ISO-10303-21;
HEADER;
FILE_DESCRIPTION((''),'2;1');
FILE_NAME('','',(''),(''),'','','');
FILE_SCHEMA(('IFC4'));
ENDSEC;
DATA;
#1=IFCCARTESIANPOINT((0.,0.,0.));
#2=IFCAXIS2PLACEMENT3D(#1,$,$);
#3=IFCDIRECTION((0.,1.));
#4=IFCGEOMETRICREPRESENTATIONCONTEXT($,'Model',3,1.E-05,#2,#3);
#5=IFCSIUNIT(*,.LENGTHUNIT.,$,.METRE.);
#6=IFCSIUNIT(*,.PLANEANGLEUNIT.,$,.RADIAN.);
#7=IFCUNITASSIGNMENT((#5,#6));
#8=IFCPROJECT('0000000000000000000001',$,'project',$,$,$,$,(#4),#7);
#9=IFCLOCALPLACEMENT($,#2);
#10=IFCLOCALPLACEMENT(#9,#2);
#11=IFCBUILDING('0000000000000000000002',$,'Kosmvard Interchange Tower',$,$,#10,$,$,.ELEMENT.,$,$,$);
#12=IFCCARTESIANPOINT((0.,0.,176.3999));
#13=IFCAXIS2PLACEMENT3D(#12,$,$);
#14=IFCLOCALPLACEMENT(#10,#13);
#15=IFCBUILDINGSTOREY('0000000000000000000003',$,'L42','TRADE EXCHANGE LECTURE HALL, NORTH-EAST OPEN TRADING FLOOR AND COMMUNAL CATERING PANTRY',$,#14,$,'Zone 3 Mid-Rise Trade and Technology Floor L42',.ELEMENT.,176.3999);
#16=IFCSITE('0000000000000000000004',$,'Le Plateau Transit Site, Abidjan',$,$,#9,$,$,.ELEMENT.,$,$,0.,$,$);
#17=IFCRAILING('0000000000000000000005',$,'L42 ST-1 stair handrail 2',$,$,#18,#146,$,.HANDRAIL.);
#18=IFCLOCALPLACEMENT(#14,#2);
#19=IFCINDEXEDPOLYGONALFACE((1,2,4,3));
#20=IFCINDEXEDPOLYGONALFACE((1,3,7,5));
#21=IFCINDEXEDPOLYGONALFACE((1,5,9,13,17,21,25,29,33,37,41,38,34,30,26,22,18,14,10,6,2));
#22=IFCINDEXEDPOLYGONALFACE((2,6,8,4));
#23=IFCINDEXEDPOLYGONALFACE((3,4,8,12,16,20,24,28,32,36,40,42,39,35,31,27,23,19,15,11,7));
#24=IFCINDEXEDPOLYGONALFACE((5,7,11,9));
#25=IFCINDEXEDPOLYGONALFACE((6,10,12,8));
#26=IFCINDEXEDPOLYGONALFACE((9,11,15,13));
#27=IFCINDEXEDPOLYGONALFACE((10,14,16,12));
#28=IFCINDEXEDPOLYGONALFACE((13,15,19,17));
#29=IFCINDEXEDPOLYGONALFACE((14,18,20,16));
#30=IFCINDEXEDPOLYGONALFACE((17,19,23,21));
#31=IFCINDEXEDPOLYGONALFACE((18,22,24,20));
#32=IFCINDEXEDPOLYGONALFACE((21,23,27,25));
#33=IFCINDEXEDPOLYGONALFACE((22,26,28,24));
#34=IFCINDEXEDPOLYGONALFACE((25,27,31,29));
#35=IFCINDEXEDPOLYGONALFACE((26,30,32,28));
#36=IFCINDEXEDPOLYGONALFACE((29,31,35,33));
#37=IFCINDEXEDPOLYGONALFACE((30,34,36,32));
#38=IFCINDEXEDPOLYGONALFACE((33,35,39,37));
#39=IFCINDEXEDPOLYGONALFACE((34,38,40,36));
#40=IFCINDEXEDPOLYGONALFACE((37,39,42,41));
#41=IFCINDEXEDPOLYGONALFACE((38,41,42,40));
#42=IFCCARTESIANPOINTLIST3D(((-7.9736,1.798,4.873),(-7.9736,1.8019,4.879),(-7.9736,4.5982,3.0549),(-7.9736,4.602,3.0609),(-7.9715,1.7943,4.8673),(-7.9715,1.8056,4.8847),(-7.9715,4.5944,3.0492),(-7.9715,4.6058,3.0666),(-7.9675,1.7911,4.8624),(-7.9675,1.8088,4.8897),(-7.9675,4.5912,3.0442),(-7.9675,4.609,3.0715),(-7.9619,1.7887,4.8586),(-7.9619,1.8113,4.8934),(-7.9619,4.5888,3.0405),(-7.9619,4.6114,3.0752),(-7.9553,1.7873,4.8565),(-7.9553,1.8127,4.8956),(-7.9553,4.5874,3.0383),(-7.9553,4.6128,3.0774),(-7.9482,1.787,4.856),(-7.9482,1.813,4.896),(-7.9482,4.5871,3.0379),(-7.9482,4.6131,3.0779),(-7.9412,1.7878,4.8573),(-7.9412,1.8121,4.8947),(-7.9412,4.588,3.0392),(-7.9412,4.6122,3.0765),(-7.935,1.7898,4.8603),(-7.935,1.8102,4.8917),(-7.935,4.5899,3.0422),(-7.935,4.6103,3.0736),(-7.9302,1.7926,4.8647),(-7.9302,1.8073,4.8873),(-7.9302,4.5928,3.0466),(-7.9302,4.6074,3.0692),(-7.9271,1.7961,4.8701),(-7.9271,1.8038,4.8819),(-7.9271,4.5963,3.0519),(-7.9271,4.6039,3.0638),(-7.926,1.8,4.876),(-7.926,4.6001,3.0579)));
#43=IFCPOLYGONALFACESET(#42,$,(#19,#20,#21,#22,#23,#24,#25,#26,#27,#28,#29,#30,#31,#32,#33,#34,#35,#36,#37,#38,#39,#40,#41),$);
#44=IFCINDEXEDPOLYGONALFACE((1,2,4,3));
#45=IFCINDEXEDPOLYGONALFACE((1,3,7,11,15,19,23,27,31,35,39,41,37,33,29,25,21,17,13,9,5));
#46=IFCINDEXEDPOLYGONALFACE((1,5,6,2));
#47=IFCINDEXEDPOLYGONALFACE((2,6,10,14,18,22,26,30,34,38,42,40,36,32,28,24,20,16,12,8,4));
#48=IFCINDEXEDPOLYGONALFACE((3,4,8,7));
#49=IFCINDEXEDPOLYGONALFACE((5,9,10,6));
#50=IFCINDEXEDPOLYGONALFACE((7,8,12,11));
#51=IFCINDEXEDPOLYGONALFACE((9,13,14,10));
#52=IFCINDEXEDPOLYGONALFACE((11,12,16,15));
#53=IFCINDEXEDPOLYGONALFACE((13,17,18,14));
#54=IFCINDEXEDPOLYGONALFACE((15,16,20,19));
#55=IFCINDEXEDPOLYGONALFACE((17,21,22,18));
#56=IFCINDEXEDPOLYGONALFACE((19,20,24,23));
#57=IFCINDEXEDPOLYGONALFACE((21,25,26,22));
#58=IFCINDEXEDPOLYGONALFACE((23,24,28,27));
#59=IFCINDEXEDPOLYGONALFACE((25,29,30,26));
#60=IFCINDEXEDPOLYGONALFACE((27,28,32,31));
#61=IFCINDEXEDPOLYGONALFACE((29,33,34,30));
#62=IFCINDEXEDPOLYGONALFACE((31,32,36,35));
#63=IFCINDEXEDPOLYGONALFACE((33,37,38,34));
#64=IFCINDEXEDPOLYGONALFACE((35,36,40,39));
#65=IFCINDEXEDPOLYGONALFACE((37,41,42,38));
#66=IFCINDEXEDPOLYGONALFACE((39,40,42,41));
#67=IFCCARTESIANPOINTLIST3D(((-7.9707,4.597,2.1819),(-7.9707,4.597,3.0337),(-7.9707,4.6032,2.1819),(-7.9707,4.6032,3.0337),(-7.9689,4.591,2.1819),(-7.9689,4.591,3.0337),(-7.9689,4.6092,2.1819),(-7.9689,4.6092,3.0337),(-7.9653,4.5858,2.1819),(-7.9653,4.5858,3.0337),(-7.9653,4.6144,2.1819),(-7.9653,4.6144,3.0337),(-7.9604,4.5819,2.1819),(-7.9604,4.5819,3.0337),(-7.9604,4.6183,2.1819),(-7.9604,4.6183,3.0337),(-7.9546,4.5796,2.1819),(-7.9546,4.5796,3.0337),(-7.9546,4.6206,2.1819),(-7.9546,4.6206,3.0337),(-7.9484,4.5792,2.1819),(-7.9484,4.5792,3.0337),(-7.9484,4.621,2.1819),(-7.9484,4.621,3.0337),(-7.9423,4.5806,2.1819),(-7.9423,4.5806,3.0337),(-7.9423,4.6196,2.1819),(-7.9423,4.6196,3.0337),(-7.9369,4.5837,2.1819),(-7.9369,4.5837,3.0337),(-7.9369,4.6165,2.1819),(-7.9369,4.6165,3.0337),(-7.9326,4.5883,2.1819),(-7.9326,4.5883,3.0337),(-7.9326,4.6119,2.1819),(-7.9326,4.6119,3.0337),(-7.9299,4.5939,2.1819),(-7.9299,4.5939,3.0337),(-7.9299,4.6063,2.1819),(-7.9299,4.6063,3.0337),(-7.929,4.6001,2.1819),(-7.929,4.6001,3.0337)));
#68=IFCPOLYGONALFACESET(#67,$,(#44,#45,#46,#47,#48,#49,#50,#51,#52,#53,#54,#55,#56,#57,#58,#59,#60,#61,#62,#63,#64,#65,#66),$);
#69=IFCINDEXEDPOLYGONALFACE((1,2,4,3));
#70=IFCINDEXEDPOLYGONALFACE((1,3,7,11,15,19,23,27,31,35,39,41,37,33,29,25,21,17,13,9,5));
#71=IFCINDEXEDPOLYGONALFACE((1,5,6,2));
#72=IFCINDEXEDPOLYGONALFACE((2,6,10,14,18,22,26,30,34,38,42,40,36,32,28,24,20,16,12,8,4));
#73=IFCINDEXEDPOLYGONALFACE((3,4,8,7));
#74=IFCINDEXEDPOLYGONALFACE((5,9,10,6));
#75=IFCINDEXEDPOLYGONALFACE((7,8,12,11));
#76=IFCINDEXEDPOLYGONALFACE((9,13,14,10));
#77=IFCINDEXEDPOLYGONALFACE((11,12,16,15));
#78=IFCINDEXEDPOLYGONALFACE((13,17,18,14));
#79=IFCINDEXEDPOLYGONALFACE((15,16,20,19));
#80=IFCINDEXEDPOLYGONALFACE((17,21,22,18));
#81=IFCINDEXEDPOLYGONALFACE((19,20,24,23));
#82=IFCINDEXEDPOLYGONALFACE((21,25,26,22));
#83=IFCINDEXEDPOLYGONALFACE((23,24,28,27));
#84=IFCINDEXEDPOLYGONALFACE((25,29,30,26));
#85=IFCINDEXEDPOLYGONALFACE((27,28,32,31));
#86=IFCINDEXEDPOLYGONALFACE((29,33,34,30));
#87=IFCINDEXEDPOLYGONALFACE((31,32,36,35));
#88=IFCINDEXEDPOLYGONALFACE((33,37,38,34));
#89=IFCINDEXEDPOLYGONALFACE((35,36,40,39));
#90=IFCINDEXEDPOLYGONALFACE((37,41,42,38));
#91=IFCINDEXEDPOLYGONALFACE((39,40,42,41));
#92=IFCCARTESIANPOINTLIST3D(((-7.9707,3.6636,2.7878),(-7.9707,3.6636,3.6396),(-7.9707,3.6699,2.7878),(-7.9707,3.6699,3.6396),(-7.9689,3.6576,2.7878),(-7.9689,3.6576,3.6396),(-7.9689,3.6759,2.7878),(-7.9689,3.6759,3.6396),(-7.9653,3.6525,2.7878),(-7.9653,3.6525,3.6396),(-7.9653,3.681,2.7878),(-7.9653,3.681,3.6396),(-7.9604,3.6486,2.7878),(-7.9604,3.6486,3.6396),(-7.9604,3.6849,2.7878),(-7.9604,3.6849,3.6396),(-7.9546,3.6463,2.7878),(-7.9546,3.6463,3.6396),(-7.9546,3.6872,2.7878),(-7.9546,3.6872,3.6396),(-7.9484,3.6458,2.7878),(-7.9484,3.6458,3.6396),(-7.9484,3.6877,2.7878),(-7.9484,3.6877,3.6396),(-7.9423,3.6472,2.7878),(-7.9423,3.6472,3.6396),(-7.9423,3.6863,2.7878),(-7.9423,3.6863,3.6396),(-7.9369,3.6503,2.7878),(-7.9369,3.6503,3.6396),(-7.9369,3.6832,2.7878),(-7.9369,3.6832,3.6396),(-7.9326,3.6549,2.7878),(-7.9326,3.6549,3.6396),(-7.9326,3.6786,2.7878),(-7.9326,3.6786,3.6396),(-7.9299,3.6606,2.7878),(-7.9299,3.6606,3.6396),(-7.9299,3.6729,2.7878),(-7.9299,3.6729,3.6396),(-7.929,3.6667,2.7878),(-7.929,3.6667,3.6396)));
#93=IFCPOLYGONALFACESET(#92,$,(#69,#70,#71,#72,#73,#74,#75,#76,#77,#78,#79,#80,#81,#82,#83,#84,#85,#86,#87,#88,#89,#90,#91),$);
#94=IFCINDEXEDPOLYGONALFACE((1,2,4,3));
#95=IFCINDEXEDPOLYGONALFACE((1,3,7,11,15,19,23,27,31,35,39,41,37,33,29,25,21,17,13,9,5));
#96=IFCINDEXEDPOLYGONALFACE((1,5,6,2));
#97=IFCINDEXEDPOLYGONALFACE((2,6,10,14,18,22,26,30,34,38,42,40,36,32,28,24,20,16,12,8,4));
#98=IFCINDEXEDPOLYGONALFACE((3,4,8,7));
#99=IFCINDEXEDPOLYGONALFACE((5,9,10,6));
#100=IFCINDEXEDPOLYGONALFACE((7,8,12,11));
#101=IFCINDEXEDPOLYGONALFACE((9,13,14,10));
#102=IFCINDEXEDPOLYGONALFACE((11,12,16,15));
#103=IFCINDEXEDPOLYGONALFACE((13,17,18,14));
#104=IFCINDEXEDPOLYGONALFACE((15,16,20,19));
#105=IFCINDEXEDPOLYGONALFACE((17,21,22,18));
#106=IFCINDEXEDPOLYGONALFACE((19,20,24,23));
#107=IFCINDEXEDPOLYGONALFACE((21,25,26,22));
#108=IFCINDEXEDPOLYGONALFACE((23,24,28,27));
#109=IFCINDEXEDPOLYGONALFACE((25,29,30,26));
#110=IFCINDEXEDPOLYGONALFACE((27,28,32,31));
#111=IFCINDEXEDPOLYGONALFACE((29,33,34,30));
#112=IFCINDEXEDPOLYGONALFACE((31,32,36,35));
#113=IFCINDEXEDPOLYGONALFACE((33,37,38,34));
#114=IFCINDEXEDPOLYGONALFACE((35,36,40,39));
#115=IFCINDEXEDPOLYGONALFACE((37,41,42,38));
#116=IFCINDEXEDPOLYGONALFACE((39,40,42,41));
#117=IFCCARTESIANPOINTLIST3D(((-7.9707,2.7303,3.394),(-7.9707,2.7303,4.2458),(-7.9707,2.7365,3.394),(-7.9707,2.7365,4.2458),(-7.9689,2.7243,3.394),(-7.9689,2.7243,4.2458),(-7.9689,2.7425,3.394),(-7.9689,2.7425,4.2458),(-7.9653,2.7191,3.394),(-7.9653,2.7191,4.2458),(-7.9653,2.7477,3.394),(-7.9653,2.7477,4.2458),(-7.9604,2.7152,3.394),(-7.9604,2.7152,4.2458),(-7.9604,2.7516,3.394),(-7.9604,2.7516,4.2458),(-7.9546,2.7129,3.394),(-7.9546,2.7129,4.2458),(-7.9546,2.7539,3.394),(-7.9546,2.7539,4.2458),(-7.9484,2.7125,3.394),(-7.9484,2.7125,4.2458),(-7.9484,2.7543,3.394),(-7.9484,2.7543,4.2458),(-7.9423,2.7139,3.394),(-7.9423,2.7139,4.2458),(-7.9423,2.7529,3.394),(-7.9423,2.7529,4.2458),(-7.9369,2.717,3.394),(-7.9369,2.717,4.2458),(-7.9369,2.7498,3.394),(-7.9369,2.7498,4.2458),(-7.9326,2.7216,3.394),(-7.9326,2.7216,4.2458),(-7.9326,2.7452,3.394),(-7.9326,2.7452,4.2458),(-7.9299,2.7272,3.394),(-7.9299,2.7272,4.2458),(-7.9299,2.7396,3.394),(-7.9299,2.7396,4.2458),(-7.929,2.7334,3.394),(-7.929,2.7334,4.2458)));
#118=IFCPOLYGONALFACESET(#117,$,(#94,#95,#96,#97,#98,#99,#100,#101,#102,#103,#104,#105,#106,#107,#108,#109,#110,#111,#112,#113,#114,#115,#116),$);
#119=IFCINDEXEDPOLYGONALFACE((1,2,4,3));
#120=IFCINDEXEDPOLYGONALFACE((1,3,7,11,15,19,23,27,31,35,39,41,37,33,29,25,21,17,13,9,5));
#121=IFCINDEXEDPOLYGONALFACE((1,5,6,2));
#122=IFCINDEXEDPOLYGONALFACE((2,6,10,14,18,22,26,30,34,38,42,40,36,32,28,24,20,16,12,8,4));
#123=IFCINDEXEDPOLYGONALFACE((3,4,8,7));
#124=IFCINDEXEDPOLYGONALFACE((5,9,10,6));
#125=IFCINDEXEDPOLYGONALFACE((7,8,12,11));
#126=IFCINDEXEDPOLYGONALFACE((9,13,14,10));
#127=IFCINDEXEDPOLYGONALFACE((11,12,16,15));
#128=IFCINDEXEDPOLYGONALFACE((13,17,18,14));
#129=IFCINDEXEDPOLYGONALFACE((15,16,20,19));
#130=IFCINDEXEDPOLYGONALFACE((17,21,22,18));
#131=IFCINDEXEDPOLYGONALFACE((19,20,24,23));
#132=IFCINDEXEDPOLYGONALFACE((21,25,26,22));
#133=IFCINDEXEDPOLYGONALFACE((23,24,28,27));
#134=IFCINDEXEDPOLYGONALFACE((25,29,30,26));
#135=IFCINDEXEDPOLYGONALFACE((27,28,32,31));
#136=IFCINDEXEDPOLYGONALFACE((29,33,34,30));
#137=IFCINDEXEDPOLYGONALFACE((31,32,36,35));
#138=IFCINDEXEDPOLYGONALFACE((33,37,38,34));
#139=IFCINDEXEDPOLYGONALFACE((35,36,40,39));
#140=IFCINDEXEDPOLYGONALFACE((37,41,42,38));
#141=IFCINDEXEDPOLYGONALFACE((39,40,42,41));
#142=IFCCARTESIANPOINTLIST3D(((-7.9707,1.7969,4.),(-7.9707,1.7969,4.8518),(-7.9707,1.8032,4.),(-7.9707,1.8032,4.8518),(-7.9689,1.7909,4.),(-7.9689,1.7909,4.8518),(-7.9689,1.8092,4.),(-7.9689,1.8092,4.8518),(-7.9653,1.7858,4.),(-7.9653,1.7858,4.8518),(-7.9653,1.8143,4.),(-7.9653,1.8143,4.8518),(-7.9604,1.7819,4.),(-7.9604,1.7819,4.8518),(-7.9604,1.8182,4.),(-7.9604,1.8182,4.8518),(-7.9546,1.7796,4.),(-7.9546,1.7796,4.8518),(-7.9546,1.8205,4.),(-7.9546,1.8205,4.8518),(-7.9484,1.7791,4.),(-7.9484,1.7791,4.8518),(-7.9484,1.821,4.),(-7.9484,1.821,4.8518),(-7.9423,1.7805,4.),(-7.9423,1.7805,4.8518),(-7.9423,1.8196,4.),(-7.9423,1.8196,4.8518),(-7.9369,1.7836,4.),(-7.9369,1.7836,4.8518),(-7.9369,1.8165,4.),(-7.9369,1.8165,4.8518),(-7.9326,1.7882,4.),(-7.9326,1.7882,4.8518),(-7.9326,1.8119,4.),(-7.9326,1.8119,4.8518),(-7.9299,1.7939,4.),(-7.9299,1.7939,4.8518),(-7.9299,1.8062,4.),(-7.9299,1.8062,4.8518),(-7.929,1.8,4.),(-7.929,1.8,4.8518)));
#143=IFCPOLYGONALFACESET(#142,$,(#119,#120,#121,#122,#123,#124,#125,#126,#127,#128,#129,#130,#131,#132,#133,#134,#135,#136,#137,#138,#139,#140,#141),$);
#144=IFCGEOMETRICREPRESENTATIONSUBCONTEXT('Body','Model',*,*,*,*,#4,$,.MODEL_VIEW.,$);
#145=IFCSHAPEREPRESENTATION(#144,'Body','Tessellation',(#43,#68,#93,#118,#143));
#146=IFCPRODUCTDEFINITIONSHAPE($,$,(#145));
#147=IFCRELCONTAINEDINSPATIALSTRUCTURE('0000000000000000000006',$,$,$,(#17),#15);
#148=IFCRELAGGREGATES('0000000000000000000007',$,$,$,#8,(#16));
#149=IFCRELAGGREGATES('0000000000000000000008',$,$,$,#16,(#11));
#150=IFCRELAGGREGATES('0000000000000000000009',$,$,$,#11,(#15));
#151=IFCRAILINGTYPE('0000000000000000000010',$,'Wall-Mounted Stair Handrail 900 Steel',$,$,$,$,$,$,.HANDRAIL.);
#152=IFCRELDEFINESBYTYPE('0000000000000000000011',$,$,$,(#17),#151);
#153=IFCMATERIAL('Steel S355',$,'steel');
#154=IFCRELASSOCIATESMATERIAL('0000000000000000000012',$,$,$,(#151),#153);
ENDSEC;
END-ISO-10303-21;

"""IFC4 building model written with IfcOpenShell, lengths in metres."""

from ifc_helpers import new_model, si_unit, direction, frame, origin, origin_2d, place, context, subcontext, project, spatial, circle, extrude, source, transform, mapped, material, type_object, element, save


model = new_model("IFC4")

# Units and contexts
model_context = context("Model", 3, precision=1e-05, world=origin(), true_north=direction((0.0, 1.0)))
body_context = subcontext(model_context, "Body", "Model", "MODEL_VIEW")
ifc_project = project(units=[si_unit("LENGTHUNIT", "METRE"), si_unit("PLANEANGLEUNIT", "RADIAN")], contexts=[model_context])

# Site, building, storey
site_placement = place(None, origin())
site = spatial("IfcSite", under=ifc_project, at=site_placement, Name="Le Plateau Transit Site, Abidjan", CompositionType="ELEMENT", RefElevation=0.0)
building_placement = place(site_placement, origin())
building = spatial("IfcBuilding", under=site, at=building_placement, Name="Kosmvard Interchange Tower", CompositionType="ELEMENT")
storey_placement = place(building_placement, frame((0.0, 0.0, 176.3999)))
storey = spatial("IfcBuildingStorey", under=building, at=storey_placement, Name="L42", Description="TRADE EXCHANGE LECTURE HALL, NORTH-EAST OPEN TRADING FLOOR AND COMMUNAL CATERING PANTRY", LongName="Zone 3 Mid-Rise Trade and Technology Floor L42", CompositionType="ELEMENT", Elevation=176.3999)

# Shared definitions
ifc_material_1 = material(Name="Steel S355", Category="steel")

# Railing
railing_type_1 = type_object("IfcRailingType", Name="Wall-Mounted Stair Handrail 900 Steel", PredefinedType="HANDRAIL", material=ifc_material_1)
shared_shape_1 = source(origin(), body_context, "Body", "SweptSolid", [
    extrude(circle(Radius=0.0239, at=origin_2d()), frame((0.0, 0.0, 0.876), z_axis=(0.0, -0.838706, 0.544585), x_axis=(1.0, 0.0, 0.0)), (0.0, 0.0, 1.0), 3.3386),
    extrude(circle(Radius=0.021, at=origin_2d()), origin(), (0.0, 0.0, 1.0), 0.8518),
    extrude(circle(Radius=0.021, at=origin_2d()), frame((0.0, -0.9333, 0.606)), (0.0, 0.0, 1.0), 0.8518),
    extrude(circle(Radius=0.021, at=origin_2d()), frame((0.0, -1.8667, 1.2122)), (0.0, 0.0, 1.0), 0.8518),
    extrude(circle(Radius=0.021, at=origin_2d()), frame((0.0, -2.8, 1.8181)), (0.0, 0.0, 1.0), 0.8518),
])
railing_1_placement = place(storey_placement, frame((-7.95, 4.6001, 2.1819)))
element("IfcRailing", 1, at=railing_1_placement, inside=storey, type_object=railing_type_1, Name="L42 ST-1 stair handrail 2", PredefinedType="HANDRAIL", context=body_context, shape_type="MappedRepresentation", body=[
    mapped(shared_shape_1, transform((0.0, 0.0, 0.0), scale=1.0)),
])

save(model, "model.ifc")
